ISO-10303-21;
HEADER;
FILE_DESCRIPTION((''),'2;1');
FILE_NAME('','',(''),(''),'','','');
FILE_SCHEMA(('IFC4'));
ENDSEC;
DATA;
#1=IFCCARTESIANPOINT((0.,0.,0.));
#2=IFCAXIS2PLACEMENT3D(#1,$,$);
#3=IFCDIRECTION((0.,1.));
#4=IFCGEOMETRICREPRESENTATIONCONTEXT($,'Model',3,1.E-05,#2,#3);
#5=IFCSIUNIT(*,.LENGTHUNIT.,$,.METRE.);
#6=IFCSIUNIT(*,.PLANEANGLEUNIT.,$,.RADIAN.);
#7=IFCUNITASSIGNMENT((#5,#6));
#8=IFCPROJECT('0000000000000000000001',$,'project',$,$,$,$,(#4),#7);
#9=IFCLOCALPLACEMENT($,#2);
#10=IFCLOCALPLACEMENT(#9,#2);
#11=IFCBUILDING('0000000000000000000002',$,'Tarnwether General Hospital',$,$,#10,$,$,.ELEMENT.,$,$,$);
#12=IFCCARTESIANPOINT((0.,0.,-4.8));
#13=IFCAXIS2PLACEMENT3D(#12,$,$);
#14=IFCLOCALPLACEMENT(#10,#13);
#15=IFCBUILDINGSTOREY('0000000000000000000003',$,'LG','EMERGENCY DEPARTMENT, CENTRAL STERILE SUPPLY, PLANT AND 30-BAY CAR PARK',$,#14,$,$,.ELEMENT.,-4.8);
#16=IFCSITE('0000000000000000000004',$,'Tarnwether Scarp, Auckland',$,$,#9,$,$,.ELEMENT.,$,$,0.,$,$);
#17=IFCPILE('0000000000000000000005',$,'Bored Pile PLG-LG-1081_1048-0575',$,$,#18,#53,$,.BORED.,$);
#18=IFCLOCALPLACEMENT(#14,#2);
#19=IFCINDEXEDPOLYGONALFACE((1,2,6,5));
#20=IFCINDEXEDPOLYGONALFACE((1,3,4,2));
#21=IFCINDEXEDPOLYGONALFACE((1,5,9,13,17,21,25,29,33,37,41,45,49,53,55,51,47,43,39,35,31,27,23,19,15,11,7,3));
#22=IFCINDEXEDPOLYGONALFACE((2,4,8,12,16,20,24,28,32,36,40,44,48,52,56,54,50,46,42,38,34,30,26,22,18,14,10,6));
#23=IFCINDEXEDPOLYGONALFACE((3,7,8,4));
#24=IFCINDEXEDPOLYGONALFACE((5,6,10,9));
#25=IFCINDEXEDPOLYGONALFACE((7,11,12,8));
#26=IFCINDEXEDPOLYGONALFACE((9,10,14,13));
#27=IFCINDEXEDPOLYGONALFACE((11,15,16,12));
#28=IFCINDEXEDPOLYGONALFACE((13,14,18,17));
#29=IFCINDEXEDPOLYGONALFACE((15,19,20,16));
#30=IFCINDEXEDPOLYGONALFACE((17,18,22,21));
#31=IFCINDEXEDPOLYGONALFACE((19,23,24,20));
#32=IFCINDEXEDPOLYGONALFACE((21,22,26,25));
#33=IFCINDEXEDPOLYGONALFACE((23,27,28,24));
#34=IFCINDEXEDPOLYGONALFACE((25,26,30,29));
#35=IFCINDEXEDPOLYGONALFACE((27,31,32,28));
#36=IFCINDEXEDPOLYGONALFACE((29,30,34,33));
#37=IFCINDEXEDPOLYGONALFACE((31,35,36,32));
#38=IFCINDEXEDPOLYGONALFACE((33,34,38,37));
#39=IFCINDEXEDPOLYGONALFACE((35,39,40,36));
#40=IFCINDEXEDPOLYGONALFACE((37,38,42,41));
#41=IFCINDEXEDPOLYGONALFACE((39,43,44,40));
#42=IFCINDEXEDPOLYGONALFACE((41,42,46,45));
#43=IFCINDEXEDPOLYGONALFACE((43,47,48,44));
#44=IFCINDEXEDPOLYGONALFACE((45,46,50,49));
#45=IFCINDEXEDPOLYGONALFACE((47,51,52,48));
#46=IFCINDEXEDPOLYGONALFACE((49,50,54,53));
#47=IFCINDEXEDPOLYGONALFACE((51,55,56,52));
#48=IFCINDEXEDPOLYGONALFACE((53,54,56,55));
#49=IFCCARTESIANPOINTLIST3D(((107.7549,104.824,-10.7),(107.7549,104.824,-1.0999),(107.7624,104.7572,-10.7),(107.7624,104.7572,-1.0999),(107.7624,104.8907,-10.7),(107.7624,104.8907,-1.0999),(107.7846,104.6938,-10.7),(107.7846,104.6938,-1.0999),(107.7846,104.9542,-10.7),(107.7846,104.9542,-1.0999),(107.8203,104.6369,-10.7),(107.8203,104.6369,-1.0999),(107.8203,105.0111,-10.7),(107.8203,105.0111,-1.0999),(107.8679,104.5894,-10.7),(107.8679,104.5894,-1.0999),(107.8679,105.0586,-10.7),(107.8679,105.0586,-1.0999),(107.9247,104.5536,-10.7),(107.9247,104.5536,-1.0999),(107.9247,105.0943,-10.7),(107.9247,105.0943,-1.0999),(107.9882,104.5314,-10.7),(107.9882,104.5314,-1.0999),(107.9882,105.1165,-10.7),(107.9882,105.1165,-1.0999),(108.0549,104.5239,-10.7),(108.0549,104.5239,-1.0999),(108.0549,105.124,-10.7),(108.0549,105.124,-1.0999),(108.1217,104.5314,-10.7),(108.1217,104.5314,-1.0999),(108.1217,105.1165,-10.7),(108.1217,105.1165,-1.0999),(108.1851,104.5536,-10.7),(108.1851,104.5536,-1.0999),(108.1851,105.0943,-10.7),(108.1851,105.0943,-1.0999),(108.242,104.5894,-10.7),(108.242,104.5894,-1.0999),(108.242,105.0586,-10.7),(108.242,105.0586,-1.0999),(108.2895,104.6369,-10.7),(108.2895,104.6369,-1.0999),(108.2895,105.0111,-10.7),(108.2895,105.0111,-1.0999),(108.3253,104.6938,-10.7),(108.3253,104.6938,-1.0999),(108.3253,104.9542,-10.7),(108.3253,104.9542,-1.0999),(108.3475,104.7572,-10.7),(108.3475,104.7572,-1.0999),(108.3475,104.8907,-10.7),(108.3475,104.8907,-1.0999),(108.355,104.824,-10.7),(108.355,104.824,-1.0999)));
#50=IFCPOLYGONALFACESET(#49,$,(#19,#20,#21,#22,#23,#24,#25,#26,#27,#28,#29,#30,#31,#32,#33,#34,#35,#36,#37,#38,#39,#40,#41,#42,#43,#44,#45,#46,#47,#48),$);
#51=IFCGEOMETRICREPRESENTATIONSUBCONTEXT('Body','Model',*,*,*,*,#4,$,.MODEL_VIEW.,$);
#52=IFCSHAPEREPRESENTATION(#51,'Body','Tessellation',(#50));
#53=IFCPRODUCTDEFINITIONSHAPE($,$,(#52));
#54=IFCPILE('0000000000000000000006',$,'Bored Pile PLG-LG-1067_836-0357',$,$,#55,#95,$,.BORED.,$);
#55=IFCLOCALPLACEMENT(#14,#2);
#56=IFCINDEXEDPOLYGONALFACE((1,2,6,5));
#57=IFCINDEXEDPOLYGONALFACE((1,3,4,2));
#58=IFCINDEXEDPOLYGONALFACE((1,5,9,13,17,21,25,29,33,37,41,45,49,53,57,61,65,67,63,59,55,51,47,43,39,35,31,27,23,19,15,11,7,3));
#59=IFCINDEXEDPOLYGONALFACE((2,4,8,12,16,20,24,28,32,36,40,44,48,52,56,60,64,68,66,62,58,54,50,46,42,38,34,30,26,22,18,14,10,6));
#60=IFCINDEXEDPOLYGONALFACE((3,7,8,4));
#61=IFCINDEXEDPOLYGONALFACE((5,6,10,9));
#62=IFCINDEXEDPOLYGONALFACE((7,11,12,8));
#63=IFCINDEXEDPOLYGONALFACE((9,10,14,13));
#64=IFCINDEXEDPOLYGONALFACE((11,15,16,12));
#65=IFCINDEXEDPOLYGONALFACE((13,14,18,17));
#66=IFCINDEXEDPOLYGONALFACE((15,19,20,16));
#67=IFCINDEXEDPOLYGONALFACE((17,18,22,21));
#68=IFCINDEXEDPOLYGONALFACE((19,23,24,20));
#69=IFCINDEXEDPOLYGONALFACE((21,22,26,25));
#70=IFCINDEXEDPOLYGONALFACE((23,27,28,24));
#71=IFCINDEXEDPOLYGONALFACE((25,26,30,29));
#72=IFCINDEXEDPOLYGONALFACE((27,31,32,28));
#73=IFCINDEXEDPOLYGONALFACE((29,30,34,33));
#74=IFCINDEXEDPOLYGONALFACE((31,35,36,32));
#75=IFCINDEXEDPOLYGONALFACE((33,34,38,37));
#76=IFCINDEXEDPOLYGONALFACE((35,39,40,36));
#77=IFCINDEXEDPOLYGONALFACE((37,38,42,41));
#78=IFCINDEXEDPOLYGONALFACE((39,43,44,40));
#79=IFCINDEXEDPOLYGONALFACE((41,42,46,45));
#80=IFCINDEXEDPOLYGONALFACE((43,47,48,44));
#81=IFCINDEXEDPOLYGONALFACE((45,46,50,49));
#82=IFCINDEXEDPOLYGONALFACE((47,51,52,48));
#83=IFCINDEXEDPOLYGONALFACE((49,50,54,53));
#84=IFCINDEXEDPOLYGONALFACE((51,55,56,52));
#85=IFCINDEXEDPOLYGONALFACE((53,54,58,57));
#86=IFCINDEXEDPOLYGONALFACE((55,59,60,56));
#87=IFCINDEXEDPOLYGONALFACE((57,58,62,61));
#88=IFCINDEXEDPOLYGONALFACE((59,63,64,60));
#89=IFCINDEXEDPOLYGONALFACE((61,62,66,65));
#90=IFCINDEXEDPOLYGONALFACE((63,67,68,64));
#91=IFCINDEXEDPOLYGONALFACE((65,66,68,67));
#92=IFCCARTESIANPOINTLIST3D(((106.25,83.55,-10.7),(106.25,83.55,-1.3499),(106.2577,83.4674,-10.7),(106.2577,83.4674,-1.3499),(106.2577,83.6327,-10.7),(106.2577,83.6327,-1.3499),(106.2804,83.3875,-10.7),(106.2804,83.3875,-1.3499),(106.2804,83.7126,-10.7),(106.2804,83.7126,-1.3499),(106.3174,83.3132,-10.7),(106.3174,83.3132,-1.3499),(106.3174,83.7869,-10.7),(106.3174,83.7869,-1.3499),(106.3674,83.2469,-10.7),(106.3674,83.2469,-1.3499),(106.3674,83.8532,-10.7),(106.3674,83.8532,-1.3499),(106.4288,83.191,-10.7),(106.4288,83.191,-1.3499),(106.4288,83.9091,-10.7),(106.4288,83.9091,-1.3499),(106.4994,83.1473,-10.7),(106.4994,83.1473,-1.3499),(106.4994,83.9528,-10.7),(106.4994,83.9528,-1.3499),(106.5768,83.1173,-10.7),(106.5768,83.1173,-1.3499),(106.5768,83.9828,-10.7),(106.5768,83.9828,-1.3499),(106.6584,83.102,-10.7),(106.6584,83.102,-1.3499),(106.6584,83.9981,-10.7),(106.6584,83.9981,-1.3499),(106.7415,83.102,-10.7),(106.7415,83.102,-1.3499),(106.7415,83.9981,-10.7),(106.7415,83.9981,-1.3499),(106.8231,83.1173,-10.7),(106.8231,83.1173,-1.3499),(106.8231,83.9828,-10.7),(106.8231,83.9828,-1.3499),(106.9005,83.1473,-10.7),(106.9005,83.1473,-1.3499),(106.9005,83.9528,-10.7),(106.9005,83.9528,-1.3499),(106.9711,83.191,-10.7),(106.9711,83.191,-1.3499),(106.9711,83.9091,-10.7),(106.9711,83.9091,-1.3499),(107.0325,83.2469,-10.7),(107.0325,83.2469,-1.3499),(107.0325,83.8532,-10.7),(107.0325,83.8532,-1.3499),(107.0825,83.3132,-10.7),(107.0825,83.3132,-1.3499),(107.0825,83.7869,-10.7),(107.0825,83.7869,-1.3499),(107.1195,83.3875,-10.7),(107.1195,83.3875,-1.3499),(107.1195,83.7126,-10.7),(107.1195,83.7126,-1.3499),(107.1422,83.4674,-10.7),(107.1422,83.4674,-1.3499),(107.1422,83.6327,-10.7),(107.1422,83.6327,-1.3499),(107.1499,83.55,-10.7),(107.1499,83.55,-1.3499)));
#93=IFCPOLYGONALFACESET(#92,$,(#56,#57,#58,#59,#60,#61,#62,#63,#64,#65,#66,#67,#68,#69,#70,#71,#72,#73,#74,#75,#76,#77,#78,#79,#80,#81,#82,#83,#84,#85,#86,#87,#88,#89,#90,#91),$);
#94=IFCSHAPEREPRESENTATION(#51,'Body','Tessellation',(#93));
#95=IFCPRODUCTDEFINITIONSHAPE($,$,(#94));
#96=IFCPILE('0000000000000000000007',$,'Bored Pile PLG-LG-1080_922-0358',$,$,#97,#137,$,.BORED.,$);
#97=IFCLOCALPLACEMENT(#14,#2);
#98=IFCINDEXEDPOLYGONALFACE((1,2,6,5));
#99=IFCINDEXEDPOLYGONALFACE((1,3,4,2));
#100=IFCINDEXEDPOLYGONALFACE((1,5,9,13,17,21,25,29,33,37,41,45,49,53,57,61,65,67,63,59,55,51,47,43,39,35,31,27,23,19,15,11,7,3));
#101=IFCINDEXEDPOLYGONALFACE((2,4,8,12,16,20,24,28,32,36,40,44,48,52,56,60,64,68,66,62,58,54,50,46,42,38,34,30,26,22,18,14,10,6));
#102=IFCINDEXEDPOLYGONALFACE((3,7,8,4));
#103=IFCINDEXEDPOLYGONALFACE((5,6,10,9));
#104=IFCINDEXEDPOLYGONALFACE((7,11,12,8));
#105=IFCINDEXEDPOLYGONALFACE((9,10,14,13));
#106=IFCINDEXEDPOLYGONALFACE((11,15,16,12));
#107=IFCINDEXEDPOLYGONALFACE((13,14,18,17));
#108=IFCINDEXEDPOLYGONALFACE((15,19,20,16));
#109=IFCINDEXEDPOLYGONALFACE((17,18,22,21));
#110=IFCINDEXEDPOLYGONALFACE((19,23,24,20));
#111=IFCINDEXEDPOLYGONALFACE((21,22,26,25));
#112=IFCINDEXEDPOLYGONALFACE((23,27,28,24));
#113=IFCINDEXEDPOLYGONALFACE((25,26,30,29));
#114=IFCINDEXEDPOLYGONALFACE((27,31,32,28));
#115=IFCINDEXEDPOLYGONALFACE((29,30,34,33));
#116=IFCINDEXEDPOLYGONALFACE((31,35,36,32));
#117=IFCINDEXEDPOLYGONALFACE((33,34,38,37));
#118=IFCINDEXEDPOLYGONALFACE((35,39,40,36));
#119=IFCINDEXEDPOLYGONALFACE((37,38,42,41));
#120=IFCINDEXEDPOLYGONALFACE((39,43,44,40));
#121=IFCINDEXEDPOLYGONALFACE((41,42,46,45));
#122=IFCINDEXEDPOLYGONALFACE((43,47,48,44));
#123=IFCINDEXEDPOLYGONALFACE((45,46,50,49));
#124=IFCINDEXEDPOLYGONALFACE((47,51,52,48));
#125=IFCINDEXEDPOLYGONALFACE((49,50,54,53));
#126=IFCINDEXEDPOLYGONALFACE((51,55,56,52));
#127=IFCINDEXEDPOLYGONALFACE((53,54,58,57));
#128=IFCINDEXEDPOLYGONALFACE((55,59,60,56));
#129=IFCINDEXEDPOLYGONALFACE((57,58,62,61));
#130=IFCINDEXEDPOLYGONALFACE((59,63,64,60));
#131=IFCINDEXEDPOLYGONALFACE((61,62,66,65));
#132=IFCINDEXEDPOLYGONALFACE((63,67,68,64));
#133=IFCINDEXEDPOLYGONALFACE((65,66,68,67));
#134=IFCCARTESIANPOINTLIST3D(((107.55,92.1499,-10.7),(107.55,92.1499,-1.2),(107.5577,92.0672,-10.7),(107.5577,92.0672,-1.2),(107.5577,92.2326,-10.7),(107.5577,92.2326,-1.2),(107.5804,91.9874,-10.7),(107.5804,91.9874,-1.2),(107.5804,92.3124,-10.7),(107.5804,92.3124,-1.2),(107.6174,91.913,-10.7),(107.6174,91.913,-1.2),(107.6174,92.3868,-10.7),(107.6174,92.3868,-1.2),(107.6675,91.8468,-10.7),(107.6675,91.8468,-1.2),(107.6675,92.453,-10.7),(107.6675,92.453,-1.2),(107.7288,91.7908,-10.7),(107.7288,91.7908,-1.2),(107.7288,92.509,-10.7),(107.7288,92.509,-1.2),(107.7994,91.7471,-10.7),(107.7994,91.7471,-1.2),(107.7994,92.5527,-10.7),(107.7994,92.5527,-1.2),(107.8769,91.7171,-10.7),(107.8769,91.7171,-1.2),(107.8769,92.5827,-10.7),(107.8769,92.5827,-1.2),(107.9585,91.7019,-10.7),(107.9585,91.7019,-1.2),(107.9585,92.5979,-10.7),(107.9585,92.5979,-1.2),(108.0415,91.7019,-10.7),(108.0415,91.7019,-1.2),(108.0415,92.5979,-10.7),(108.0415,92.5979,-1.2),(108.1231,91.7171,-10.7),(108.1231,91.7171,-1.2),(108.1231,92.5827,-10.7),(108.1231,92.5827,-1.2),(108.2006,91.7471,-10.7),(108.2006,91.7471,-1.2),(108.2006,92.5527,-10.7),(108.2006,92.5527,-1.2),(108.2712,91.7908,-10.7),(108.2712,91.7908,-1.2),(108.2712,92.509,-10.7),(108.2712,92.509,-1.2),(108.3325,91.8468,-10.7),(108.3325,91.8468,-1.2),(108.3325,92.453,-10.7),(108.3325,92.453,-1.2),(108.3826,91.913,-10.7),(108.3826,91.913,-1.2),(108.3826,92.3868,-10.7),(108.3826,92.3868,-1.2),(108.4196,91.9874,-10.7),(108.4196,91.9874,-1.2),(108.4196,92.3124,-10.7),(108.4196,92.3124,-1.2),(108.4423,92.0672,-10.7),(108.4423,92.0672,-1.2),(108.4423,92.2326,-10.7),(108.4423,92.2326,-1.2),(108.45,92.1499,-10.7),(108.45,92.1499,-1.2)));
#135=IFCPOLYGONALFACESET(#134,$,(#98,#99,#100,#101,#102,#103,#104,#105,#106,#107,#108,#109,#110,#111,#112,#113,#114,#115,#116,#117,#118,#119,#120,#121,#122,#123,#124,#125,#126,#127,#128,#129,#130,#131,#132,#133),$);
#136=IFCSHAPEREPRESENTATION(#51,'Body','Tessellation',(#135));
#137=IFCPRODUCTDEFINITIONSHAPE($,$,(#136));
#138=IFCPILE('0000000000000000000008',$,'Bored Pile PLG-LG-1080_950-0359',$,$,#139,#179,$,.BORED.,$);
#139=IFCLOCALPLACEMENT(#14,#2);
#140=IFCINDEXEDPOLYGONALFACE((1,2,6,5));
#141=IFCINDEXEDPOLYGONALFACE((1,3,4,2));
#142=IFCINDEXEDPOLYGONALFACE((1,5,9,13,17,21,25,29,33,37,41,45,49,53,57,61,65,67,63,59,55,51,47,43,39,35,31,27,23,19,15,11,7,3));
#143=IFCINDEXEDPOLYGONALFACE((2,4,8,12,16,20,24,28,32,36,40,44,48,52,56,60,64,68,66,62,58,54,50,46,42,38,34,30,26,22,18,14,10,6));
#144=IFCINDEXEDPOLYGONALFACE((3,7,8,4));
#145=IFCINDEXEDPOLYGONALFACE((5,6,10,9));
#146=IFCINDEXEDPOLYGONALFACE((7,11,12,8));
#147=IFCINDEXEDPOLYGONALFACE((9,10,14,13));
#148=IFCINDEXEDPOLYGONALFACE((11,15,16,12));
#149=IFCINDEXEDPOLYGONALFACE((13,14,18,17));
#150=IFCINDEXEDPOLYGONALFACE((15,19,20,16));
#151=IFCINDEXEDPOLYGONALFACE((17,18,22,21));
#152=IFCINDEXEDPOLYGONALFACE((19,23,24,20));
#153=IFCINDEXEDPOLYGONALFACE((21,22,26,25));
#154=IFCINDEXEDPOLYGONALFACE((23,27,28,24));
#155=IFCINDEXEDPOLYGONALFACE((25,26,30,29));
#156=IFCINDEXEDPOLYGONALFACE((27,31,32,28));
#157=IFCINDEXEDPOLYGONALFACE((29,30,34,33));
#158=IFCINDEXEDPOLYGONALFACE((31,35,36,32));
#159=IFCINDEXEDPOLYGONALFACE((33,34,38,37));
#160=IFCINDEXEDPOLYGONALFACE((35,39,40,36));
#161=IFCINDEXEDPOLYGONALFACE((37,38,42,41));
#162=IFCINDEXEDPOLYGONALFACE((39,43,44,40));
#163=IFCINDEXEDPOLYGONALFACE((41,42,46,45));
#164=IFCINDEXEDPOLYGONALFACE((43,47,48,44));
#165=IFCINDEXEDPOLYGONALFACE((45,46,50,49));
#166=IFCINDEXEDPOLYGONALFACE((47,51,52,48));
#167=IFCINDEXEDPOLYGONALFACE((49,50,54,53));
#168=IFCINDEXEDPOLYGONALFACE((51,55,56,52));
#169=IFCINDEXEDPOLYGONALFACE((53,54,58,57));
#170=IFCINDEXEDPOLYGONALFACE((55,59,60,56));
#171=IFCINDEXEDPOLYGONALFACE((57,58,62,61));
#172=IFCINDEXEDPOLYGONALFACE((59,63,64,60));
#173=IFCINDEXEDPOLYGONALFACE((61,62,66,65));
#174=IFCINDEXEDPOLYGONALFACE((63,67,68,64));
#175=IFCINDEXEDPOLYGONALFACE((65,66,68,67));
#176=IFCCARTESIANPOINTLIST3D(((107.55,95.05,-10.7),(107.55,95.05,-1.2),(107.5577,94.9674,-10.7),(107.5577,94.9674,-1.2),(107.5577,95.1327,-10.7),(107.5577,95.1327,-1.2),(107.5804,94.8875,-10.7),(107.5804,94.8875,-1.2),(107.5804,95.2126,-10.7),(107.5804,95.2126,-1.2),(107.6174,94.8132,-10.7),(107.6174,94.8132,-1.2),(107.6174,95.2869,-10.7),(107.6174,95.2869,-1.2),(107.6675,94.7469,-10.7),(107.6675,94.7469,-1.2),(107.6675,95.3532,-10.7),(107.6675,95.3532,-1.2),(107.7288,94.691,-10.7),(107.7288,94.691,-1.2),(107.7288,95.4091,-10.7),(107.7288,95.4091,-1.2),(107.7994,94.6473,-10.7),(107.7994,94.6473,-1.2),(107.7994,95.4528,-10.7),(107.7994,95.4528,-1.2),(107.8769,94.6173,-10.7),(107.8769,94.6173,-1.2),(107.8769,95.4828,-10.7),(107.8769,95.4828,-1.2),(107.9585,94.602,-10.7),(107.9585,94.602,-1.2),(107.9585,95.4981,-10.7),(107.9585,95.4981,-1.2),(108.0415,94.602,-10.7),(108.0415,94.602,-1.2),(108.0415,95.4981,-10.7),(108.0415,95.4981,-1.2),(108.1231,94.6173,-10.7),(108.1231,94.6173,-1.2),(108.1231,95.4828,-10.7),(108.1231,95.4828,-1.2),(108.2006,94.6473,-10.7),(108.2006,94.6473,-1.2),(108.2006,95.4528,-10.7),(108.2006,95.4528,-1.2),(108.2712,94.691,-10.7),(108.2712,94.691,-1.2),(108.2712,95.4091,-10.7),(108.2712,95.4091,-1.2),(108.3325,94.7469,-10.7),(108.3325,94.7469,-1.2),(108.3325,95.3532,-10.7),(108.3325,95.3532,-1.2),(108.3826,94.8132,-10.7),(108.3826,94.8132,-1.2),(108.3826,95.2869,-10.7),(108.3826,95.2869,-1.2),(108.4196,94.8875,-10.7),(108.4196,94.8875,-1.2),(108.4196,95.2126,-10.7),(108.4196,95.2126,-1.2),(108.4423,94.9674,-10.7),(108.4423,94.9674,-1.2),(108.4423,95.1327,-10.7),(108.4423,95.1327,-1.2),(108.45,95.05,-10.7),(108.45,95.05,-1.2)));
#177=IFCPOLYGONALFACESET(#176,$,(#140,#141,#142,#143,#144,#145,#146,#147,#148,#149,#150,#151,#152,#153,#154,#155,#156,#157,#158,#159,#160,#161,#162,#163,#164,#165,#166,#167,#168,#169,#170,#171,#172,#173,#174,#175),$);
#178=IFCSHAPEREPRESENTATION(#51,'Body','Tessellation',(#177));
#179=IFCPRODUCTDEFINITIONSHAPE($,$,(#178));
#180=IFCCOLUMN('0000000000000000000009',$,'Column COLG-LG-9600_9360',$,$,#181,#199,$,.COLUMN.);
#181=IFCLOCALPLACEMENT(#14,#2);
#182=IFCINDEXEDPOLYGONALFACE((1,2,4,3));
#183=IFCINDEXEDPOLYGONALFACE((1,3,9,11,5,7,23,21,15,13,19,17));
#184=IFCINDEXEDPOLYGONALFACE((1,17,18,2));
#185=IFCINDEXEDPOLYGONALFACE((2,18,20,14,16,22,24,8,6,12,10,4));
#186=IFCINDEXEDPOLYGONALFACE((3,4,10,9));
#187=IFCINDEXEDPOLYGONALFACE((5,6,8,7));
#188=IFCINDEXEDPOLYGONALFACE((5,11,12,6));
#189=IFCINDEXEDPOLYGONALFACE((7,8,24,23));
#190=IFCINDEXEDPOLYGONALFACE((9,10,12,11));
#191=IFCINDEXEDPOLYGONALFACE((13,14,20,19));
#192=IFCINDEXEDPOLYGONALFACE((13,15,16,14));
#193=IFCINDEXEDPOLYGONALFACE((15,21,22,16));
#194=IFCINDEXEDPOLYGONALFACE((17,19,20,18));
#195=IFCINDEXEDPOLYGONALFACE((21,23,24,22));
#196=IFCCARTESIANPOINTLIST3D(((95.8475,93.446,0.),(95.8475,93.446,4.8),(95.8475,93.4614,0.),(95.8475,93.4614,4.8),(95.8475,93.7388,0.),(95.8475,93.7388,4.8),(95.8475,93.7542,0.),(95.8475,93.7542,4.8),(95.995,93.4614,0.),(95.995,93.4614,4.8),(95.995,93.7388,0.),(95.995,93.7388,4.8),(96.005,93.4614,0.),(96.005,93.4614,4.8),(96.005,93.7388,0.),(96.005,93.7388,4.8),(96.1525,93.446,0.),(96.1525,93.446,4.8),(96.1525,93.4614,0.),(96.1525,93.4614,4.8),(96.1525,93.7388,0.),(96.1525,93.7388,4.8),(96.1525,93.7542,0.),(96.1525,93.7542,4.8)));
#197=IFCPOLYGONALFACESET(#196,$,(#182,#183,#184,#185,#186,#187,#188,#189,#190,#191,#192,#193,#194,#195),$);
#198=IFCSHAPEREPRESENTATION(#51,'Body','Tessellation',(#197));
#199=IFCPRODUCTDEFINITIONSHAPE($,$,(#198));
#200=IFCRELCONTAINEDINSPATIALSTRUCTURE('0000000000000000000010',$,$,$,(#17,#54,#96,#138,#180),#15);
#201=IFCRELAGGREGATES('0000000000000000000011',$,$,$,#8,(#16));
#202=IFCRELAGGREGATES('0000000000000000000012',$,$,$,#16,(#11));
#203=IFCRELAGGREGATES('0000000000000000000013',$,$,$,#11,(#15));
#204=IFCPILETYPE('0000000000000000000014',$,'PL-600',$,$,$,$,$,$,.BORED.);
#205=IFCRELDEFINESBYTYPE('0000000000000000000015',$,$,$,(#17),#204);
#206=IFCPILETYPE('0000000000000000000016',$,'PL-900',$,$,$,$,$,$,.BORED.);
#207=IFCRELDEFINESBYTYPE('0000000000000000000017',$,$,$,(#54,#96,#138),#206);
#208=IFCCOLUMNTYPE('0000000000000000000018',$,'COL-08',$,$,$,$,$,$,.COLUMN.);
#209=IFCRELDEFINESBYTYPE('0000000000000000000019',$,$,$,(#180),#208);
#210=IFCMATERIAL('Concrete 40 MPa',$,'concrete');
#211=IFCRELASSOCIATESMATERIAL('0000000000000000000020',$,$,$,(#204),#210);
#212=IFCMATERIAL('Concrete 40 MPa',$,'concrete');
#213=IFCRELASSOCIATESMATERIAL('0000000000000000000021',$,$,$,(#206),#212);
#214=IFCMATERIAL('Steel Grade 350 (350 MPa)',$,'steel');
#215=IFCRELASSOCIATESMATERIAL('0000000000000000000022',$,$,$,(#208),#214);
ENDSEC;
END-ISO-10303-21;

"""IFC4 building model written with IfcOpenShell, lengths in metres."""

from ifc_helpers import new_model, si_unit, direction, frame, origin, origin_2d, place, context, subcontext, project, spatial, circle, i_section, extrude, material, material_profile, profile_set, type_object, element, save


model = new_model("IFC4")

# Units and contexts
model_context = context("Model", 3, precision=1e-05, world=origin(), true_north=direction((0.0, 1.0)))
body_context = subcontext(model_context, "Body", "Model", "MODEL_VIEW")
ifc_project = project(units=[si_unit("LENGTHUNIT", "METRE"), si_unit("PLANEANGLEUNIT", "RADIAN")], contexts=[model_context])

# Site, building, storey
site_placement = place(None, origin())
site = spatial("IfcSite", under=ifc_project, at=site_placement, Name="Tarnwether Scarp, Auckland", CompositionType="ELEMENT", RefElevation=0.0)
building_placement = place(site_placement, origin())
building = spatial("IfcBuilding", under=site, at=building_placement, Name="Tarnwether General Hospital", CompositionType="ELEMENT")
storey_placement = place(building_placement, frame((0.0, 0.0, -4.8)))
storey = spatial("IfcBuildingStorey", under=building, at=storey_placement, Name="LG", Description="EMERGENCY DEPARTMENT, CENTRAL STERILE SUPPLY, PLANT AND 30-BAY CAR PARK", CompositionType="ELEMENT", Elevation=-4.8)

# Piles
ifc_material_1 = material(Name="Concrete 40 MPa", Category="concrete")
ifc_material_profile_1 = material_profile(ifc_material_1, circle(Radius=0.3, at=origin_2d()), Name="PILE-D600")
ifc_profile_set_1 = profile_set([ifc_material_profile_1], Name="Concrete 40 MPa")
pile_type_1 = type_object("IfcPileType", Name="PL-600", PredefinedType="BORED", material=ifc_profile_set_1)
pile_1_placement = place(storey_placement, frame((108.0549, 104.824, -1.0999), z_axis=(0.0, 0.0, -1.0), x_axis=(1.0, 0.0, 0.0)))
element("IfcPile", 1, at=pile_1_placement, inside=storey, type_object=pile_type_1, Name="Bored Pile PLG-LG-1081_1048-0575", PredefinedType="BORED", context=body_context, shape_type="SweptSolid", body=[
    extrude(circle(Radius=0.3, at=origin_2d()), origin(), (0.0, 0.0, 1.0), 9.6001),
])
ifc_material_2 = material(Name="Concrete 40 MPa", Category="concrete")
ifc_material_profile_2 = material_profile(ifc_material_2, circle(Radius=0.45, at=origin_2d()), Name="PILE-D900")
ifc_profile_set_2 = profile_set([ifc_material_profile_2], Name="Concrete 40 MPa")
pile_type_2 = type_object("IfcPileType", Name="PL-900", PredefinedType="BORED", material=ifc_profile_set_2)
pile_2_placement = place(storey_placement, frame((106.7, 83.55, -1.3499), z_axis=(0.0, 0.0, -1.0), x_axis=(1.0, 0.0, 0.0)))
element("IfcPile", 2, at=pile_2_placement, inside=storey, type_object=pile_type_2, Name="Bored Pile PLG-LG-1067_836-0357", PredefinedType="BORED", context=body_context, shape_type="SweptSolid", body=[
    extrude(circle(Radius=0.45, at=origin_2d()), origin(), (0.0, 0.0, 1.0), 9.3501),
])
for number, where, z_axis, x_axis, name in (
    (3, (108.0, 92.1499, -1.2), (0.0, 0.0, -1.0), (1.0, 0.0, 0.0), "Bored Pile PLG-LG-1080_922-0358"),
    (4, (108.0, 95.05, -1.2), (0.0, 0.0, -1.0), (1.0, 0.0, 0.0), "Bored Pile PLG-LG-1080_950-0359"),
):
    element("IfcPile", number, at=place(storey_placement, frame(where, z_axis=z_axis, x_axis=x_axis)), inside=storey, type_object=pile_type_2, Name=name, PredefinedType="BORED", context=body_context, shape_type="SweptSolid", body=[
        extrude(circle(Radius=0.45, at=origin_2d()), origin(), (0.0, 0.0, 1.0), 9.5),
    ])

# Column
ifc_material_3 = material(Name="Steel Grade 350 (350 MPa)", Category="steel")
ifc_material_profile_3 = material_profile(ifc_material_3, i_section(OverallWidth=0.3049, OverallDepth=0.3081, WebThickness=0.01, FlangeThickness=0.0154, at=origin_2d()), Name="310UC96.8")
ifc_profile_set_3 = profile_set([ifc_material_profile_3], Name="Steel Grade 350 (350 MPa)")
column_type_1 = type_object("IfcColumnType", Name="COL-08", PredefinedType="COLUMN", material=ifc_profile_set_3)
column_1_placement = place(storey_placement, frame((96.0, 93.6001, 0.0), z_axis=(0.0, 0.0, 1.0), x_axis=(1.0, 0.0, 0.0)))
element("IfcColumn", 5, at=column_1_placement, inside=storey, type_object=column_type_1, Name="Column COLG-LG-9600_9360", PredefinedType="COLUMN", context=body_context, shape_type="SweptSolid", body=[
    extrude(i_section(OverallWidth=0.3049, OverallDepth=0.3081, WebThickness=0.01, FlangeThickness=0.0154, at=origin_2d()), origin(), (0.0, 0.0, 1.0), 4.8),
])

save(model, "model.ifc")
